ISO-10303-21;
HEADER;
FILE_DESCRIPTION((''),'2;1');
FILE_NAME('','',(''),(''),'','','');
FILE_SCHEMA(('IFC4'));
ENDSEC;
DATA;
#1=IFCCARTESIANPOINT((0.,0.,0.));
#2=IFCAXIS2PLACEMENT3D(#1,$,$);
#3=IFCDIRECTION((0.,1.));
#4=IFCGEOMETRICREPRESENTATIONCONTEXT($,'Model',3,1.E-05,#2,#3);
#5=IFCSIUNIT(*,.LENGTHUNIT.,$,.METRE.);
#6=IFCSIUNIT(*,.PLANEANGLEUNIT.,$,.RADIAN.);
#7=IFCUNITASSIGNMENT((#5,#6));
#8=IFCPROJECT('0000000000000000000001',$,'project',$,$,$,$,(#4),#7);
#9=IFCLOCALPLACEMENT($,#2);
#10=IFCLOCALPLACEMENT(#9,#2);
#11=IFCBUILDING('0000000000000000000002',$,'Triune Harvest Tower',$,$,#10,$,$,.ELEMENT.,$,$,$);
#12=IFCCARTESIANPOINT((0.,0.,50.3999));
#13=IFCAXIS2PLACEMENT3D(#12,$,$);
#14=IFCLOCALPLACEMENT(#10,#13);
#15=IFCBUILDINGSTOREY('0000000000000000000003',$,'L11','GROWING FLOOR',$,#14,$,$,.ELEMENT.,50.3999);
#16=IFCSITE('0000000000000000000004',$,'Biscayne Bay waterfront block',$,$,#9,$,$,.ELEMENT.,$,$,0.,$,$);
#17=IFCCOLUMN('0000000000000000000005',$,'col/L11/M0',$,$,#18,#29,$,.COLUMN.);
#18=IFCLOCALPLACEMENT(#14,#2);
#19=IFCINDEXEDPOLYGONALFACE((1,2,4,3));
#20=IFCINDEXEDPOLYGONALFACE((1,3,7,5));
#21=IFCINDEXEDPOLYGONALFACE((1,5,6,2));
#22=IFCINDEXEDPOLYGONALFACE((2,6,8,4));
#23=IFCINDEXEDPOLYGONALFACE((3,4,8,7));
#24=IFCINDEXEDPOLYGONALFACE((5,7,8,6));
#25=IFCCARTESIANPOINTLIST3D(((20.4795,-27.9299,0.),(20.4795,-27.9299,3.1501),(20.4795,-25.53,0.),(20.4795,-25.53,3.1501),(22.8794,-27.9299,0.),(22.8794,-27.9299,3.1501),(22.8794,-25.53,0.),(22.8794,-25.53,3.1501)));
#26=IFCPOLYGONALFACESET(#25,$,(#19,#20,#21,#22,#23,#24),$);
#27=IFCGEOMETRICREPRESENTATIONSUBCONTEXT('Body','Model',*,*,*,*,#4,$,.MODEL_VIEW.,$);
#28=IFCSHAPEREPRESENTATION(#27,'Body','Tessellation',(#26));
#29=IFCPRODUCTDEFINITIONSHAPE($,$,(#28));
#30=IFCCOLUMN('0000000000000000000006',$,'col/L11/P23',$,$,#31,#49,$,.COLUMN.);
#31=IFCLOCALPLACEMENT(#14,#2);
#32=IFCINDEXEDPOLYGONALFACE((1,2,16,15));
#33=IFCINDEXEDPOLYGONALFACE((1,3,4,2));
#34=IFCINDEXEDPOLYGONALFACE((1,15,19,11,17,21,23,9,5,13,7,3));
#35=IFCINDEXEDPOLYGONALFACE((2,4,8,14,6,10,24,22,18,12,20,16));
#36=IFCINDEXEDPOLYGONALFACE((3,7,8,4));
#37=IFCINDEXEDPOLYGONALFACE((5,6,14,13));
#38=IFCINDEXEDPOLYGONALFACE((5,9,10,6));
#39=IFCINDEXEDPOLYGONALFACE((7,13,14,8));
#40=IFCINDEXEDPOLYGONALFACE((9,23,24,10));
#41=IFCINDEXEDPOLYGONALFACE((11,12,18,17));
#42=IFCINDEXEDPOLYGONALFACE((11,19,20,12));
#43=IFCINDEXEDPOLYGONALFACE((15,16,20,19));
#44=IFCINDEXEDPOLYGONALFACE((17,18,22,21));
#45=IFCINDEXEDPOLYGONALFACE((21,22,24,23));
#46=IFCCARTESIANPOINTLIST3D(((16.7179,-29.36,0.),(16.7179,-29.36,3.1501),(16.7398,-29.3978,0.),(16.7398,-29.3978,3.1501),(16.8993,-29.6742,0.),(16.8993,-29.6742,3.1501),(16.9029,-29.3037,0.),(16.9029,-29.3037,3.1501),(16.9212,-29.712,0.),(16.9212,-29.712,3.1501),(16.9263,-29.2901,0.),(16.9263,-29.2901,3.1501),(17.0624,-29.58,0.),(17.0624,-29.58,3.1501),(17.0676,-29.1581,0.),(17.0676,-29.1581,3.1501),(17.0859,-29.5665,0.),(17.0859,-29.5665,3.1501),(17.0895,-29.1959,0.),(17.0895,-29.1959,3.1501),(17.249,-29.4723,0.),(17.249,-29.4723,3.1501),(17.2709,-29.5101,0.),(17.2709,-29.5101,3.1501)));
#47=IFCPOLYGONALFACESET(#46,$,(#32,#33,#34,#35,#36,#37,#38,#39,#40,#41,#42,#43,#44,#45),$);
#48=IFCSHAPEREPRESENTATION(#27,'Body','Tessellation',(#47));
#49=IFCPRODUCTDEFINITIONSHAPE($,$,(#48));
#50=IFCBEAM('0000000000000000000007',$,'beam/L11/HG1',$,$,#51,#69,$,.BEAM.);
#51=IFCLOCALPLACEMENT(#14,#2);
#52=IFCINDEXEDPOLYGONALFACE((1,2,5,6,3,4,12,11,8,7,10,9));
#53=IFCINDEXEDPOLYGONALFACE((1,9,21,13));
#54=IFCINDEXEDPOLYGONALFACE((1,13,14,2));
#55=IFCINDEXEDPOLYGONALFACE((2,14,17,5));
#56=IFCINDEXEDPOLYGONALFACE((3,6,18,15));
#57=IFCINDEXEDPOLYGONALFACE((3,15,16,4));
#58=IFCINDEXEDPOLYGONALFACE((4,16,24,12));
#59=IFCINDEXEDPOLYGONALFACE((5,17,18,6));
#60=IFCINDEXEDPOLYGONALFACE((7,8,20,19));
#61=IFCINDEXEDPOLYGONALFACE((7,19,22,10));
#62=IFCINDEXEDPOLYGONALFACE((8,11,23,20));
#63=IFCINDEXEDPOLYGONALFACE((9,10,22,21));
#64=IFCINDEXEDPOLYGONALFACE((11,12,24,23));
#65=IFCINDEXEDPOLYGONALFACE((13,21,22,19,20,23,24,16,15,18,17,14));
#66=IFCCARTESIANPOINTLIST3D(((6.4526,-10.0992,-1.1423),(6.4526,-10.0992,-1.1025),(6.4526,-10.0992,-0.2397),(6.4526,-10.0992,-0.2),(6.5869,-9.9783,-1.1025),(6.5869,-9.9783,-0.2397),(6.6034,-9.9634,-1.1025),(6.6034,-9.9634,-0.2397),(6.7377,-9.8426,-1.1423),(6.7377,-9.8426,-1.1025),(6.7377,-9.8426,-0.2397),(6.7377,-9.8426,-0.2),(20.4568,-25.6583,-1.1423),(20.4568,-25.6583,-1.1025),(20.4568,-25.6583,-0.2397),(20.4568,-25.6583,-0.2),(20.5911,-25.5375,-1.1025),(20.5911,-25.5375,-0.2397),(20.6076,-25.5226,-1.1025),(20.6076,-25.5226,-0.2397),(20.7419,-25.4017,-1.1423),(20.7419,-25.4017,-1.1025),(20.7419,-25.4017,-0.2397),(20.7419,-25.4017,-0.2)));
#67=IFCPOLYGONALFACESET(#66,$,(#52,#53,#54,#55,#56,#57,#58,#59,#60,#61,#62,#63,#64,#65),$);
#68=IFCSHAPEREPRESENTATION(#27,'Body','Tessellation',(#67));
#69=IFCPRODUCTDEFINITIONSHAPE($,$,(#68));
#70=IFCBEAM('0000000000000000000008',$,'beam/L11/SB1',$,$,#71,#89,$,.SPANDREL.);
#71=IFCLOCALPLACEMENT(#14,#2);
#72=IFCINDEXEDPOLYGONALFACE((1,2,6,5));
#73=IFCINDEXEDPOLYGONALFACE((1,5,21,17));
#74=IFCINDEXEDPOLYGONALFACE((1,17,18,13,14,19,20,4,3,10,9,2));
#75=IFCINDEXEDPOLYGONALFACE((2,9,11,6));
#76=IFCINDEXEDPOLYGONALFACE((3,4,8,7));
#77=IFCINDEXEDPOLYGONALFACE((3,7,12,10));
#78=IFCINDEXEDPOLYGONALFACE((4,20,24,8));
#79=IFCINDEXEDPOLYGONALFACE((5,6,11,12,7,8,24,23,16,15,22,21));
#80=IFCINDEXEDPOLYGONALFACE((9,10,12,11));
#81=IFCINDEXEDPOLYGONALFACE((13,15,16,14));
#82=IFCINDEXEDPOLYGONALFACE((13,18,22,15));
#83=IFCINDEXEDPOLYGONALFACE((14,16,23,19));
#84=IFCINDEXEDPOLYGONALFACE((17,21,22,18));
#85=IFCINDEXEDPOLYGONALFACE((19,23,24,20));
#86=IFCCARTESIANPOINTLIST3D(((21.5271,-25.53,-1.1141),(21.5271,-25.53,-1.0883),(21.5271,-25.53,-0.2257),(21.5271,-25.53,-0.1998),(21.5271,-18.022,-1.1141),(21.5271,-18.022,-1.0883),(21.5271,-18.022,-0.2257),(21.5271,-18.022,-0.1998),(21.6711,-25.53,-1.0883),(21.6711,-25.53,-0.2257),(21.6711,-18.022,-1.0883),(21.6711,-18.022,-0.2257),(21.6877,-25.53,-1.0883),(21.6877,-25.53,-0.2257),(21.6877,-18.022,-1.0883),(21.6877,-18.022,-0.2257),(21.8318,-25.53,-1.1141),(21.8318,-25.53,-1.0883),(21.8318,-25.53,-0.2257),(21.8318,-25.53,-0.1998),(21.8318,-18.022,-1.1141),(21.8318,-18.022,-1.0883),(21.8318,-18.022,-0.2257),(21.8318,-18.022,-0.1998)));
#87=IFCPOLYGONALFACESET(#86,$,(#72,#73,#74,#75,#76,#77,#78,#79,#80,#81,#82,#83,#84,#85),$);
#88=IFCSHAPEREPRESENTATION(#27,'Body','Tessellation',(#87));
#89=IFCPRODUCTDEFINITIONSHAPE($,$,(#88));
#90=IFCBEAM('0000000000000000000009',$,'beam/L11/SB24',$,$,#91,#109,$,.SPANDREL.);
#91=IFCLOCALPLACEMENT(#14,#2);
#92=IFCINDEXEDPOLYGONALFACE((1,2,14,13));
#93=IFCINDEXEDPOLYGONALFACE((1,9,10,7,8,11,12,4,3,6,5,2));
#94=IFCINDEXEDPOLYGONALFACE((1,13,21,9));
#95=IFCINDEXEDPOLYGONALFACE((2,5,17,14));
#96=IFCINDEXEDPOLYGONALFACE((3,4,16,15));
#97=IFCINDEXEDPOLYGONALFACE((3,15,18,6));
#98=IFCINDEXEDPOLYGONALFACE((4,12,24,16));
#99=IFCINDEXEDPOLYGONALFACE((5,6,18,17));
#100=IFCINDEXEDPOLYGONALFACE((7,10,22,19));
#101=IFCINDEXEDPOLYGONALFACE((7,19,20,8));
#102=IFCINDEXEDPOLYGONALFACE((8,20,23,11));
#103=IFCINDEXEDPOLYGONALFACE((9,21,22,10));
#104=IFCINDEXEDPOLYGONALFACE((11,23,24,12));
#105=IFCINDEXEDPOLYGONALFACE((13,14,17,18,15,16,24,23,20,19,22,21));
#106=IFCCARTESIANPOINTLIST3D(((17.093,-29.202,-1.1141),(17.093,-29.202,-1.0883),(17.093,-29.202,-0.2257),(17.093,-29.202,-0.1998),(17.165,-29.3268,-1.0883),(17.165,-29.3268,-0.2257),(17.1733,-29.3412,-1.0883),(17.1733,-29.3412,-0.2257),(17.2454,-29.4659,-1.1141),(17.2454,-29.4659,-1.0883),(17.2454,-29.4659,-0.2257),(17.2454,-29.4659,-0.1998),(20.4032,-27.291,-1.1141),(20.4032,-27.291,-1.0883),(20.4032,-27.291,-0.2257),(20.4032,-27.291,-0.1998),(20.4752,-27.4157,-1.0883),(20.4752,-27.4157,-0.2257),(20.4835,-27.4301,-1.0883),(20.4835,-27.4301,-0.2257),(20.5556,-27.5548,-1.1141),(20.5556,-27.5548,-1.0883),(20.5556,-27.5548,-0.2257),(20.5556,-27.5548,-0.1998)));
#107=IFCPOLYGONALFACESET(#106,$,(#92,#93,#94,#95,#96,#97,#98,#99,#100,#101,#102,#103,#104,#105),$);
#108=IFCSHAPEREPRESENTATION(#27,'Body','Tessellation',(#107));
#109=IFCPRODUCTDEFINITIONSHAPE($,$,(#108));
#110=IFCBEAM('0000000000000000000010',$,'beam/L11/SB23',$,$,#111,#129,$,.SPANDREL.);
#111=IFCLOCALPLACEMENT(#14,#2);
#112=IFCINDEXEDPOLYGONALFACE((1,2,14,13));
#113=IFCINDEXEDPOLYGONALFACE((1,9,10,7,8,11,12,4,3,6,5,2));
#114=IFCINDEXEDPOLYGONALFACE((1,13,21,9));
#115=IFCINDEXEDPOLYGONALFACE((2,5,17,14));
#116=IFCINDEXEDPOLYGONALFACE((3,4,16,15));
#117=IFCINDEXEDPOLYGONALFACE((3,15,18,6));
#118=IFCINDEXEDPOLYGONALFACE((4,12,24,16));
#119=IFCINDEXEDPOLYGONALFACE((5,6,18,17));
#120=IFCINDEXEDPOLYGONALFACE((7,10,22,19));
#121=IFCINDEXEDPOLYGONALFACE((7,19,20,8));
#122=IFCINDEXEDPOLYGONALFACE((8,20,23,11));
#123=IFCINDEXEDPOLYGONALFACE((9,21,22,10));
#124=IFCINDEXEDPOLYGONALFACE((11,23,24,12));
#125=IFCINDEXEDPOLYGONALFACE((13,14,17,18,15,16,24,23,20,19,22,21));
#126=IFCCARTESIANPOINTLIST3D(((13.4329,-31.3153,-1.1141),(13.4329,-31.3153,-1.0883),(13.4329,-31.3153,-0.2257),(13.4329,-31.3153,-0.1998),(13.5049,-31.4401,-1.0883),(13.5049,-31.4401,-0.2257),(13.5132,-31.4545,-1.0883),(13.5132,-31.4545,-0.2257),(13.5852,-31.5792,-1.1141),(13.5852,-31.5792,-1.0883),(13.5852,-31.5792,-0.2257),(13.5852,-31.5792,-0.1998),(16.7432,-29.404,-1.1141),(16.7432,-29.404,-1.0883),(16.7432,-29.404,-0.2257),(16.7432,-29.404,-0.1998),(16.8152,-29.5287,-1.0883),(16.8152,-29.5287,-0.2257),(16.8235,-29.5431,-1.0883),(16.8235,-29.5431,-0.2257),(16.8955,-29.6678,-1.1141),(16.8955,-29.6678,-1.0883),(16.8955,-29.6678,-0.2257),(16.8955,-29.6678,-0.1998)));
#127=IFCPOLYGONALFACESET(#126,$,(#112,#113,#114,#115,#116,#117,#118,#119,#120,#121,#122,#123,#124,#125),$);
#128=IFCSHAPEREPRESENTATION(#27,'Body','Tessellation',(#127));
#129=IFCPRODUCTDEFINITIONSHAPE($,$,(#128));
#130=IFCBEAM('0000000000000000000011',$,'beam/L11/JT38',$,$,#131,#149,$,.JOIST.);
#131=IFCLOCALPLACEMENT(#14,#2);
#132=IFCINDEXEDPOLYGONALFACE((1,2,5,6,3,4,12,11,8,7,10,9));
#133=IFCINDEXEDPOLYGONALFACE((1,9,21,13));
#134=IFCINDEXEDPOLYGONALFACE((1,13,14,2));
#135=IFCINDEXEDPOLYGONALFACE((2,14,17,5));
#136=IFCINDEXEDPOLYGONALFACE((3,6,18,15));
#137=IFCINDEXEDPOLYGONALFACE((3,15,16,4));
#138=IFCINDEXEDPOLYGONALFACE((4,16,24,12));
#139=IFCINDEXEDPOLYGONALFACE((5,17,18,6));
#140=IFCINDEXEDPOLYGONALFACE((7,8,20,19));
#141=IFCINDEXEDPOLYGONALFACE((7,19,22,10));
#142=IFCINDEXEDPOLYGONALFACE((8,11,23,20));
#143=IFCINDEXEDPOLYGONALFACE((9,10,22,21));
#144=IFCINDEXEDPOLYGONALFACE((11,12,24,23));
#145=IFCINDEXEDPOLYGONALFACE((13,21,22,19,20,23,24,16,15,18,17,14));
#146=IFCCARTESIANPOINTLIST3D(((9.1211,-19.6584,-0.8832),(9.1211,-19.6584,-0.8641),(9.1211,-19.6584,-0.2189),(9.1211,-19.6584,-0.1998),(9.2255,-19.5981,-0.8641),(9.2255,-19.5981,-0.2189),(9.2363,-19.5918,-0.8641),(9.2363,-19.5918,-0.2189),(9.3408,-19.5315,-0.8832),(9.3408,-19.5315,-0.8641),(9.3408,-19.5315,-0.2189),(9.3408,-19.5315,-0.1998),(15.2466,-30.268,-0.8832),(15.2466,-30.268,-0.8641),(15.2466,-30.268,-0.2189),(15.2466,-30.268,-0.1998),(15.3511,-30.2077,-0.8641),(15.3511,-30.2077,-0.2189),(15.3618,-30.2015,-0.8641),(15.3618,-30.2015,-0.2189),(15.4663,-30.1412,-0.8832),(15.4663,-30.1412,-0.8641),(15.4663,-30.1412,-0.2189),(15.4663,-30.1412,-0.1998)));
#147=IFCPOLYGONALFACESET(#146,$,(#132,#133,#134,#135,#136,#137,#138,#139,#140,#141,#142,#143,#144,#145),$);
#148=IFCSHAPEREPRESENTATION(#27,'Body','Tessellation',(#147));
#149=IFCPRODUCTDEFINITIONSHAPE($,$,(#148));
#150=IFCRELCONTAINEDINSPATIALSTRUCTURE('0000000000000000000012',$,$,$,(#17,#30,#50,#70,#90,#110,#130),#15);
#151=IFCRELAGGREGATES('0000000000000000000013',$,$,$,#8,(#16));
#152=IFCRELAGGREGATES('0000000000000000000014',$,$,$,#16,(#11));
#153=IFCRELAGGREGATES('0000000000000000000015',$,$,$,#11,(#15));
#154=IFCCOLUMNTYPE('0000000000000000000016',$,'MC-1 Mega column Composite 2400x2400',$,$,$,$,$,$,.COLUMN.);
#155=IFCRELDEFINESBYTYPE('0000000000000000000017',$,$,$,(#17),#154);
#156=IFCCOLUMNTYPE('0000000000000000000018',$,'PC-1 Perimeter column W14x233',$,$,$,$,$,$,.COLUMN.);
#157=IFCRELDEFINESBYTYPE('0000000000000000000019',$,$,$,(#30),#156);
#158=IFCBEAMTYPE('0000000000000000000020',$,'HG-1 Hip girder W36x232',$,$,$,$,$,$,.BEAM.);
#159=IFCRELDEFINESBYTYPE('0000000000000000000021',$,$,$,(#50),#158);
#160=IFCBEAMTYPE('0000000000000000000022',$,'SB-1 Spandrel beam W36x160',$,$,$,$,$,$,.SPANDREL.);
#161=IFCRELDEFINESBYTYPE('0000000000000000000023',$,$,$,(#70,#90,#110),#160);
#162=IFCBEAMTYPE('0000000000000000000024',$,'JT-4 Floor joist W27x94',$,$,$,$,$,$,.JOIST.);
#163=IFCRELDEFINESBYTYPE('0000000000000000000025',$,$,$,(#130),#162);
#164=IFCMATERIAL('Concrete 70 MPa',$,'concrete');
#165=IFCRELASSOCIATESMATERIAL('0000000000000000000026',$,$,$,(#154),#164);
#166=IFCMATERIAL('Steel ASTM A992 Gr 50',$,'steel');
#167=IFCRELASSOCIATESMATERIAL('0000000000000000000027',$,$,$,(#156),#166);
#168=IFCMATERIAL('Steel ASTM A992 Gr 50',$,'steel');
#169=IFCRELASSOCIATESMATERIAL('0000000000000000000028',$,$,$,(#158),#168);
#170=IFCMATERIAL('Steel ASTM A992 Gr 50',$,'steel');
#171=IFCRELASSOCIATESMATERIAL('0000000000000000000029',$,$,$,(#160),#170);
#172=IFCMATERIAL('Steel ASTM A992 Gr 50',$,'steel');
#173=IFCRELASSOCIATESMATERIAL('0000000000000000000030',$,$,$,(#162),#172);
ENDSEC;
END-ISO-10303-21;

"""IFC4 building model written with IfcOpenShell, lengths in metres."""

from ifc_helpers import new_model, si_unit, direction, frame, origin, origin_2d, place, context, subcontext, project, spatial, rectangle, i_section, extrude, source, transform, mapped, material, material_profile, profile_set, type_object, element, save


model = new_model("IFC4")

# Units and contexts
model_context = context("Model", 3, precision=1e-05, world=origin(), true_north=direction((0.0, 1.0)))
body_context = subcontext(model_context, "Body", "Model", "MODEL_VIEW")
ifc_project = project(units=[si_unit("LENGTHUNIT", "METRE"), si_unit("PLANEANGLEUNIT", "RADIAN")], contexts=[model_context])

# Site, building, storey
site_placement = place(None, origin())
site = spatial("IfcSite", under=ifc_project, at=site_placement, Name="Biscayne Bay waterfront block", CompositionType="ELEMENT", RefElevation=0.0)
building_placement = place(site_placement, origin())
building = spatial("IfcBuilding", under=site, at=building_placement, Name="Triune Harvest Tower", CompositionType="ELEMENT")
storey_placement = place(building_placement, frame((0.0, 0.0, 50.3999)))
storey = spatial("IfcBuildingStorey", under=building, at=storey_placement, Name="L11", Description="GROWING FLOOR", CompositionType="ELEMENT", Elevation=50.3999)

# Columns
ifc_material_1 = material(Name="Concrete 70 MPa", Category="concrete")
ifc_material_profile_1 = material_profile(ifc_material_1, rectangle(XDim=2.3999, YDim=2.3999, at=origin_2d()), Name="Composite 2400x2400")
ifc_profile_set_1 = profile_set([ifc_material_profile_1], Name="Concrete 70 MPa")
column_type_1 = type_object("IfcColumnType", Name="MC-1 Mega column Composite 2400x2400", PredefinedType="COLUMN", material=ifc_profile_set_1)
shared_shape_1 = source(origin(), body_context, "Body", "SweptSolid", [
    extrude(rectangle(XDim=2.3999, YDim=2.3999, at=origin_2d()), origin(), (0.0, 0.0, 1.0), 3.1501),
])
column_1_placement = place(storey_placement, frame((21.6794, -26.73, 0.0), z_axis=(0.0, 0.0, 1.0), x_axis=(0.0, 1.0, 0.0)))
element("IfcColumn", 1, at=column_1_placement, inside=storey, type_object=column_type_1, Name="col/L11/M0", PredefinedType="COLUMN", context=body_context, shape_type="MappedRepresentation", body=[
    mapped(shared_shape_1, transform((0.0, 0.0, 0.0), scale=1.0)),
])
ifc_material_2 = material(Name="Steel ASTM A992 Gr 50", Category="steel")
ifc_material_profile_2 = material_profile(ifc_material_2, i_section(OverallWidth=0.4038, OverallDepth=0.4065, WebThickness=0.0271, FlangeThickness=0.0437, at=origin_2d()), Name="W14x233")
ifc_profile_set_2 = profile_set([ifc_material_profile_2], Name="Steel ASTM A992 Gr 50")
column_type_2 = type_object("IfcColumnType", Name="PC-1 Perimeter column W14x233", PredefinedType="COLUMN", material=ifc_profile_set_2)
shared_shape_2 = source(origin(), body_context, "Body", "SweptSolid", [
    extrude(i_section(OverallWidth=0.4038, OverallDepth=0.4065, WebThickness=0.0271, FlangeThickness=0.0437, at=origin_2d()), origin(), (0.0, 0.0, 1.0), 3.1501),
])
column_2_placement = place(storey_placement, frame((16.9944, -29.4351, 0.0), z_axis=(0.0, 0.0, 1.0), x_axis=(0.866026, 0.499998, 0.0)))
element("IfcColumn", 2, at=column_2_placement, inside=storey, type_object=column_type_2, Name="col/L11/P23", PredefinedType="COLUMN", context=body_context, shape_type="MappedRepresentation", body=[
    mapped(shared_shape_2, transform((0.0, 0.0, 0.0), scale=1.0)),
])

# Beams
ifc_material_3 = material(Name="Steel ASTM A992 Gr 50", Category="steel")
ifc_material_profile_3 = material_profile(ifc_material_3, i_section(OverallWidth=0.3835, OverallDepth=0.9424, WebThickness=0.0222, FlangeThickness=0.0398, at=origin_2d()), Name="W36x232")
ifc_profile_set_3 = profile_set([ifc_material_profile_3], Name="Steel ASTM A992 Gr 50")
beam_type_1 = type_object("IfcBeamType", Name="HG-1 Hip girder W36x232", PredefinedType="BEAM", material=ifc_profile_set_3)
shared_shape_3 = source(origin(), body_context, "Body", "SweptSolid", [
    extrude(i_section(OverallWidth=0.3835, OverallDepth=0.9424, WebThickness=0.0222, FlangeThickness=0.0398, at=origin_2d()), origin(), (0.0, 0.0, 1.0), 20.9333),
])
beam_1_placement = place(storey_placement, frame((20.5994, -25.53, -0.6711), z_axis=(-0.668991, 0.743271, 0.0), x_axis=(-0.743271, -0.668991, 0.0)))
element("IfcBeam", 3, at=beam_1_placement, inside=storey, type_object=beam_type_1, Name="beam/L11/HG1", PredefinedType="BEAM", context=body_context, shape_type="MappedRepresentation", body=[
    mapped(shared_shape_3, transform((0.0, 0.0, 0.0), scale=1.0)),
])
ifc_material_4 = material(Name="Steel ASTM A992 Gr 50", Category="steel")
ifc_material_profile_4 = material_profile(ifc_material_4, i_section(OverallWidth=0.3047, OverallDepth=0.9143, WebThickness=0.0166, FlangeThickness=0.0259, at=origin_2d()), Name="W36x160")
ifc_profile_set_4 = profile_set([ifc_material_profile_4], Name="Steel ASTM A992 Gr 50")
beam_type_2 = type_object("IfcBeamType", Name="SB-1 Spandrel beam W36x160", PredefinedType="SPANDREL", material=ifc_profile_set_4)
shared_shape_4 = source(origin(), body_context, "Body", "SweptSolid", [
    extrude(i_section(OverallWidth=0.3047, OverallDepth=0.9143, WebThickness=0.0166, FlangeThickness=0.0259, at=origin_2d()), origin(), (0.0, 0.0, 1.0), 7.5081),
])
beam_2_placement = place(storey_placement, frame((21.6794, -25.53, -0.657), z_axis=(0.0, 1.0, 0.0), x_axis=(-1.0, 0.0, 0.0)))
element("IfcBeam", 4, at=beam_2_placement, inside=storey, type_object=beam_type_2, Name="beam/L11/SB1", PredefinedType="SPANDREL", context=body_context, shape_type="MappedRepresentation", body=[
    mapped(shared_shape_4, transform((0.0, 0.0, 0.0), scale=1.0)),
])
shared_shape_5 = source(origin(), body_context, "Body", "SweptSolid", [
    extrude(i_section(OverallWidth=0.3047, OverallDepth=0.9143, WebThickness=0.0166, FlangeThickness=0.0259, at=origin_2d()), origin(), (0.0, 0.0, 1.0), 3.8223),
])
beam_3_placement = place(storey_placement, frame((17.1692, -29.334, -0.657), z_axis=(0.866033, 0.499986, 0.0), x_axis=(-0.499986, 0.866033, 0.0)))
element("IfcBeam", 5, at=beam_3_placement, inside=storey, type_object=beam_type_2, Name="beam/L11/SB24", PredefinedType="SPANDREL", context=body_context, shape_type="MappedRepresentation", body=[
    mapped(shared_shape_5, transform((0.0, 0.0, 0.0), scale=1.0)),
])
shared_shape_6 = source(origin(), body_context, "Body", "SweptSolid", [
    extrude(i_section(OverallWidth=0.3047, OverallDepth=0.9143, WebThickness=0.0166, FlangeThickness=0.0259, at=origin_2d()), origin(), (0.0, 0.0, 1.0), 3.8225),
])
beam_4_placement = place(storey_placement, frame((13.509, -31.4473, -0.657), z_axis=(0.866006, 0.500034, 0.0), x_axis=(-0.500034, 0.866006, 0.0)))
element("IfcBeam", 6, at=beam_4_placement, inside=storey, type_object=beam_type_2, Name="beam/L11/SB23", PredefinedType="SPANDREL", context=body_context, shape_type="MappedRepresentation", body=[
    mapped(shared_shape_6, transform((0.0, 0.0, 0.0), scale=1.0)),
])
ifc_material_5 = material(Name="Steel ASTM A992 Gr 50", Category="steel")
ifc_material_profile_5 = material_profile(ifc_material_5, i_section(OverallWidth=0.2537, OverallDepth=0.6833, WebThickness=0.0125, FlangeThickness=0.019, at=origin_2d()), Name="W27x94")
ifc_profile_set_5 = profile_set([ifc_material_profile_5], Name="Steel ASTM A992 Gr 50")
beam_type_3 = type_object("IfcBeamType", Name="JT-4 Floor joist W27x94", PredefinedType="JOIST", material=ifc_profile_set_5)
shared_shape_7 = source(origin(), body_context, "Body", "SweptSolid", [
    extrude(i_section(OverallWidth=0.2537, OverallDepth=0.6833, WebThickness=0.0125, FlangeThickness=0.019, at=origin_2d()), origin(), (0.0, 0.0, 1.0), 12.251),
])
beam_5_placement = place(storey_placement, frame((15.3564, -30.2046, -0.5415), z_axis=(-0.500001, 0.866025, 0.0), x_axis=(-0.866025, -0.500001, 0.0)))
element("IfcBeam", 7, at=beam_5_placement, inside=storey, type_object=beam_type_3, Name="beam/L11/JT38", PredefinedType="JOIST", context=body_context, shape_type="MappedRepresentation", body=[
    mapped(shared_shape_7, transform((0.0, 0.0, 0.0), scale=1.0)),
])

save(model, "model.ifc")
